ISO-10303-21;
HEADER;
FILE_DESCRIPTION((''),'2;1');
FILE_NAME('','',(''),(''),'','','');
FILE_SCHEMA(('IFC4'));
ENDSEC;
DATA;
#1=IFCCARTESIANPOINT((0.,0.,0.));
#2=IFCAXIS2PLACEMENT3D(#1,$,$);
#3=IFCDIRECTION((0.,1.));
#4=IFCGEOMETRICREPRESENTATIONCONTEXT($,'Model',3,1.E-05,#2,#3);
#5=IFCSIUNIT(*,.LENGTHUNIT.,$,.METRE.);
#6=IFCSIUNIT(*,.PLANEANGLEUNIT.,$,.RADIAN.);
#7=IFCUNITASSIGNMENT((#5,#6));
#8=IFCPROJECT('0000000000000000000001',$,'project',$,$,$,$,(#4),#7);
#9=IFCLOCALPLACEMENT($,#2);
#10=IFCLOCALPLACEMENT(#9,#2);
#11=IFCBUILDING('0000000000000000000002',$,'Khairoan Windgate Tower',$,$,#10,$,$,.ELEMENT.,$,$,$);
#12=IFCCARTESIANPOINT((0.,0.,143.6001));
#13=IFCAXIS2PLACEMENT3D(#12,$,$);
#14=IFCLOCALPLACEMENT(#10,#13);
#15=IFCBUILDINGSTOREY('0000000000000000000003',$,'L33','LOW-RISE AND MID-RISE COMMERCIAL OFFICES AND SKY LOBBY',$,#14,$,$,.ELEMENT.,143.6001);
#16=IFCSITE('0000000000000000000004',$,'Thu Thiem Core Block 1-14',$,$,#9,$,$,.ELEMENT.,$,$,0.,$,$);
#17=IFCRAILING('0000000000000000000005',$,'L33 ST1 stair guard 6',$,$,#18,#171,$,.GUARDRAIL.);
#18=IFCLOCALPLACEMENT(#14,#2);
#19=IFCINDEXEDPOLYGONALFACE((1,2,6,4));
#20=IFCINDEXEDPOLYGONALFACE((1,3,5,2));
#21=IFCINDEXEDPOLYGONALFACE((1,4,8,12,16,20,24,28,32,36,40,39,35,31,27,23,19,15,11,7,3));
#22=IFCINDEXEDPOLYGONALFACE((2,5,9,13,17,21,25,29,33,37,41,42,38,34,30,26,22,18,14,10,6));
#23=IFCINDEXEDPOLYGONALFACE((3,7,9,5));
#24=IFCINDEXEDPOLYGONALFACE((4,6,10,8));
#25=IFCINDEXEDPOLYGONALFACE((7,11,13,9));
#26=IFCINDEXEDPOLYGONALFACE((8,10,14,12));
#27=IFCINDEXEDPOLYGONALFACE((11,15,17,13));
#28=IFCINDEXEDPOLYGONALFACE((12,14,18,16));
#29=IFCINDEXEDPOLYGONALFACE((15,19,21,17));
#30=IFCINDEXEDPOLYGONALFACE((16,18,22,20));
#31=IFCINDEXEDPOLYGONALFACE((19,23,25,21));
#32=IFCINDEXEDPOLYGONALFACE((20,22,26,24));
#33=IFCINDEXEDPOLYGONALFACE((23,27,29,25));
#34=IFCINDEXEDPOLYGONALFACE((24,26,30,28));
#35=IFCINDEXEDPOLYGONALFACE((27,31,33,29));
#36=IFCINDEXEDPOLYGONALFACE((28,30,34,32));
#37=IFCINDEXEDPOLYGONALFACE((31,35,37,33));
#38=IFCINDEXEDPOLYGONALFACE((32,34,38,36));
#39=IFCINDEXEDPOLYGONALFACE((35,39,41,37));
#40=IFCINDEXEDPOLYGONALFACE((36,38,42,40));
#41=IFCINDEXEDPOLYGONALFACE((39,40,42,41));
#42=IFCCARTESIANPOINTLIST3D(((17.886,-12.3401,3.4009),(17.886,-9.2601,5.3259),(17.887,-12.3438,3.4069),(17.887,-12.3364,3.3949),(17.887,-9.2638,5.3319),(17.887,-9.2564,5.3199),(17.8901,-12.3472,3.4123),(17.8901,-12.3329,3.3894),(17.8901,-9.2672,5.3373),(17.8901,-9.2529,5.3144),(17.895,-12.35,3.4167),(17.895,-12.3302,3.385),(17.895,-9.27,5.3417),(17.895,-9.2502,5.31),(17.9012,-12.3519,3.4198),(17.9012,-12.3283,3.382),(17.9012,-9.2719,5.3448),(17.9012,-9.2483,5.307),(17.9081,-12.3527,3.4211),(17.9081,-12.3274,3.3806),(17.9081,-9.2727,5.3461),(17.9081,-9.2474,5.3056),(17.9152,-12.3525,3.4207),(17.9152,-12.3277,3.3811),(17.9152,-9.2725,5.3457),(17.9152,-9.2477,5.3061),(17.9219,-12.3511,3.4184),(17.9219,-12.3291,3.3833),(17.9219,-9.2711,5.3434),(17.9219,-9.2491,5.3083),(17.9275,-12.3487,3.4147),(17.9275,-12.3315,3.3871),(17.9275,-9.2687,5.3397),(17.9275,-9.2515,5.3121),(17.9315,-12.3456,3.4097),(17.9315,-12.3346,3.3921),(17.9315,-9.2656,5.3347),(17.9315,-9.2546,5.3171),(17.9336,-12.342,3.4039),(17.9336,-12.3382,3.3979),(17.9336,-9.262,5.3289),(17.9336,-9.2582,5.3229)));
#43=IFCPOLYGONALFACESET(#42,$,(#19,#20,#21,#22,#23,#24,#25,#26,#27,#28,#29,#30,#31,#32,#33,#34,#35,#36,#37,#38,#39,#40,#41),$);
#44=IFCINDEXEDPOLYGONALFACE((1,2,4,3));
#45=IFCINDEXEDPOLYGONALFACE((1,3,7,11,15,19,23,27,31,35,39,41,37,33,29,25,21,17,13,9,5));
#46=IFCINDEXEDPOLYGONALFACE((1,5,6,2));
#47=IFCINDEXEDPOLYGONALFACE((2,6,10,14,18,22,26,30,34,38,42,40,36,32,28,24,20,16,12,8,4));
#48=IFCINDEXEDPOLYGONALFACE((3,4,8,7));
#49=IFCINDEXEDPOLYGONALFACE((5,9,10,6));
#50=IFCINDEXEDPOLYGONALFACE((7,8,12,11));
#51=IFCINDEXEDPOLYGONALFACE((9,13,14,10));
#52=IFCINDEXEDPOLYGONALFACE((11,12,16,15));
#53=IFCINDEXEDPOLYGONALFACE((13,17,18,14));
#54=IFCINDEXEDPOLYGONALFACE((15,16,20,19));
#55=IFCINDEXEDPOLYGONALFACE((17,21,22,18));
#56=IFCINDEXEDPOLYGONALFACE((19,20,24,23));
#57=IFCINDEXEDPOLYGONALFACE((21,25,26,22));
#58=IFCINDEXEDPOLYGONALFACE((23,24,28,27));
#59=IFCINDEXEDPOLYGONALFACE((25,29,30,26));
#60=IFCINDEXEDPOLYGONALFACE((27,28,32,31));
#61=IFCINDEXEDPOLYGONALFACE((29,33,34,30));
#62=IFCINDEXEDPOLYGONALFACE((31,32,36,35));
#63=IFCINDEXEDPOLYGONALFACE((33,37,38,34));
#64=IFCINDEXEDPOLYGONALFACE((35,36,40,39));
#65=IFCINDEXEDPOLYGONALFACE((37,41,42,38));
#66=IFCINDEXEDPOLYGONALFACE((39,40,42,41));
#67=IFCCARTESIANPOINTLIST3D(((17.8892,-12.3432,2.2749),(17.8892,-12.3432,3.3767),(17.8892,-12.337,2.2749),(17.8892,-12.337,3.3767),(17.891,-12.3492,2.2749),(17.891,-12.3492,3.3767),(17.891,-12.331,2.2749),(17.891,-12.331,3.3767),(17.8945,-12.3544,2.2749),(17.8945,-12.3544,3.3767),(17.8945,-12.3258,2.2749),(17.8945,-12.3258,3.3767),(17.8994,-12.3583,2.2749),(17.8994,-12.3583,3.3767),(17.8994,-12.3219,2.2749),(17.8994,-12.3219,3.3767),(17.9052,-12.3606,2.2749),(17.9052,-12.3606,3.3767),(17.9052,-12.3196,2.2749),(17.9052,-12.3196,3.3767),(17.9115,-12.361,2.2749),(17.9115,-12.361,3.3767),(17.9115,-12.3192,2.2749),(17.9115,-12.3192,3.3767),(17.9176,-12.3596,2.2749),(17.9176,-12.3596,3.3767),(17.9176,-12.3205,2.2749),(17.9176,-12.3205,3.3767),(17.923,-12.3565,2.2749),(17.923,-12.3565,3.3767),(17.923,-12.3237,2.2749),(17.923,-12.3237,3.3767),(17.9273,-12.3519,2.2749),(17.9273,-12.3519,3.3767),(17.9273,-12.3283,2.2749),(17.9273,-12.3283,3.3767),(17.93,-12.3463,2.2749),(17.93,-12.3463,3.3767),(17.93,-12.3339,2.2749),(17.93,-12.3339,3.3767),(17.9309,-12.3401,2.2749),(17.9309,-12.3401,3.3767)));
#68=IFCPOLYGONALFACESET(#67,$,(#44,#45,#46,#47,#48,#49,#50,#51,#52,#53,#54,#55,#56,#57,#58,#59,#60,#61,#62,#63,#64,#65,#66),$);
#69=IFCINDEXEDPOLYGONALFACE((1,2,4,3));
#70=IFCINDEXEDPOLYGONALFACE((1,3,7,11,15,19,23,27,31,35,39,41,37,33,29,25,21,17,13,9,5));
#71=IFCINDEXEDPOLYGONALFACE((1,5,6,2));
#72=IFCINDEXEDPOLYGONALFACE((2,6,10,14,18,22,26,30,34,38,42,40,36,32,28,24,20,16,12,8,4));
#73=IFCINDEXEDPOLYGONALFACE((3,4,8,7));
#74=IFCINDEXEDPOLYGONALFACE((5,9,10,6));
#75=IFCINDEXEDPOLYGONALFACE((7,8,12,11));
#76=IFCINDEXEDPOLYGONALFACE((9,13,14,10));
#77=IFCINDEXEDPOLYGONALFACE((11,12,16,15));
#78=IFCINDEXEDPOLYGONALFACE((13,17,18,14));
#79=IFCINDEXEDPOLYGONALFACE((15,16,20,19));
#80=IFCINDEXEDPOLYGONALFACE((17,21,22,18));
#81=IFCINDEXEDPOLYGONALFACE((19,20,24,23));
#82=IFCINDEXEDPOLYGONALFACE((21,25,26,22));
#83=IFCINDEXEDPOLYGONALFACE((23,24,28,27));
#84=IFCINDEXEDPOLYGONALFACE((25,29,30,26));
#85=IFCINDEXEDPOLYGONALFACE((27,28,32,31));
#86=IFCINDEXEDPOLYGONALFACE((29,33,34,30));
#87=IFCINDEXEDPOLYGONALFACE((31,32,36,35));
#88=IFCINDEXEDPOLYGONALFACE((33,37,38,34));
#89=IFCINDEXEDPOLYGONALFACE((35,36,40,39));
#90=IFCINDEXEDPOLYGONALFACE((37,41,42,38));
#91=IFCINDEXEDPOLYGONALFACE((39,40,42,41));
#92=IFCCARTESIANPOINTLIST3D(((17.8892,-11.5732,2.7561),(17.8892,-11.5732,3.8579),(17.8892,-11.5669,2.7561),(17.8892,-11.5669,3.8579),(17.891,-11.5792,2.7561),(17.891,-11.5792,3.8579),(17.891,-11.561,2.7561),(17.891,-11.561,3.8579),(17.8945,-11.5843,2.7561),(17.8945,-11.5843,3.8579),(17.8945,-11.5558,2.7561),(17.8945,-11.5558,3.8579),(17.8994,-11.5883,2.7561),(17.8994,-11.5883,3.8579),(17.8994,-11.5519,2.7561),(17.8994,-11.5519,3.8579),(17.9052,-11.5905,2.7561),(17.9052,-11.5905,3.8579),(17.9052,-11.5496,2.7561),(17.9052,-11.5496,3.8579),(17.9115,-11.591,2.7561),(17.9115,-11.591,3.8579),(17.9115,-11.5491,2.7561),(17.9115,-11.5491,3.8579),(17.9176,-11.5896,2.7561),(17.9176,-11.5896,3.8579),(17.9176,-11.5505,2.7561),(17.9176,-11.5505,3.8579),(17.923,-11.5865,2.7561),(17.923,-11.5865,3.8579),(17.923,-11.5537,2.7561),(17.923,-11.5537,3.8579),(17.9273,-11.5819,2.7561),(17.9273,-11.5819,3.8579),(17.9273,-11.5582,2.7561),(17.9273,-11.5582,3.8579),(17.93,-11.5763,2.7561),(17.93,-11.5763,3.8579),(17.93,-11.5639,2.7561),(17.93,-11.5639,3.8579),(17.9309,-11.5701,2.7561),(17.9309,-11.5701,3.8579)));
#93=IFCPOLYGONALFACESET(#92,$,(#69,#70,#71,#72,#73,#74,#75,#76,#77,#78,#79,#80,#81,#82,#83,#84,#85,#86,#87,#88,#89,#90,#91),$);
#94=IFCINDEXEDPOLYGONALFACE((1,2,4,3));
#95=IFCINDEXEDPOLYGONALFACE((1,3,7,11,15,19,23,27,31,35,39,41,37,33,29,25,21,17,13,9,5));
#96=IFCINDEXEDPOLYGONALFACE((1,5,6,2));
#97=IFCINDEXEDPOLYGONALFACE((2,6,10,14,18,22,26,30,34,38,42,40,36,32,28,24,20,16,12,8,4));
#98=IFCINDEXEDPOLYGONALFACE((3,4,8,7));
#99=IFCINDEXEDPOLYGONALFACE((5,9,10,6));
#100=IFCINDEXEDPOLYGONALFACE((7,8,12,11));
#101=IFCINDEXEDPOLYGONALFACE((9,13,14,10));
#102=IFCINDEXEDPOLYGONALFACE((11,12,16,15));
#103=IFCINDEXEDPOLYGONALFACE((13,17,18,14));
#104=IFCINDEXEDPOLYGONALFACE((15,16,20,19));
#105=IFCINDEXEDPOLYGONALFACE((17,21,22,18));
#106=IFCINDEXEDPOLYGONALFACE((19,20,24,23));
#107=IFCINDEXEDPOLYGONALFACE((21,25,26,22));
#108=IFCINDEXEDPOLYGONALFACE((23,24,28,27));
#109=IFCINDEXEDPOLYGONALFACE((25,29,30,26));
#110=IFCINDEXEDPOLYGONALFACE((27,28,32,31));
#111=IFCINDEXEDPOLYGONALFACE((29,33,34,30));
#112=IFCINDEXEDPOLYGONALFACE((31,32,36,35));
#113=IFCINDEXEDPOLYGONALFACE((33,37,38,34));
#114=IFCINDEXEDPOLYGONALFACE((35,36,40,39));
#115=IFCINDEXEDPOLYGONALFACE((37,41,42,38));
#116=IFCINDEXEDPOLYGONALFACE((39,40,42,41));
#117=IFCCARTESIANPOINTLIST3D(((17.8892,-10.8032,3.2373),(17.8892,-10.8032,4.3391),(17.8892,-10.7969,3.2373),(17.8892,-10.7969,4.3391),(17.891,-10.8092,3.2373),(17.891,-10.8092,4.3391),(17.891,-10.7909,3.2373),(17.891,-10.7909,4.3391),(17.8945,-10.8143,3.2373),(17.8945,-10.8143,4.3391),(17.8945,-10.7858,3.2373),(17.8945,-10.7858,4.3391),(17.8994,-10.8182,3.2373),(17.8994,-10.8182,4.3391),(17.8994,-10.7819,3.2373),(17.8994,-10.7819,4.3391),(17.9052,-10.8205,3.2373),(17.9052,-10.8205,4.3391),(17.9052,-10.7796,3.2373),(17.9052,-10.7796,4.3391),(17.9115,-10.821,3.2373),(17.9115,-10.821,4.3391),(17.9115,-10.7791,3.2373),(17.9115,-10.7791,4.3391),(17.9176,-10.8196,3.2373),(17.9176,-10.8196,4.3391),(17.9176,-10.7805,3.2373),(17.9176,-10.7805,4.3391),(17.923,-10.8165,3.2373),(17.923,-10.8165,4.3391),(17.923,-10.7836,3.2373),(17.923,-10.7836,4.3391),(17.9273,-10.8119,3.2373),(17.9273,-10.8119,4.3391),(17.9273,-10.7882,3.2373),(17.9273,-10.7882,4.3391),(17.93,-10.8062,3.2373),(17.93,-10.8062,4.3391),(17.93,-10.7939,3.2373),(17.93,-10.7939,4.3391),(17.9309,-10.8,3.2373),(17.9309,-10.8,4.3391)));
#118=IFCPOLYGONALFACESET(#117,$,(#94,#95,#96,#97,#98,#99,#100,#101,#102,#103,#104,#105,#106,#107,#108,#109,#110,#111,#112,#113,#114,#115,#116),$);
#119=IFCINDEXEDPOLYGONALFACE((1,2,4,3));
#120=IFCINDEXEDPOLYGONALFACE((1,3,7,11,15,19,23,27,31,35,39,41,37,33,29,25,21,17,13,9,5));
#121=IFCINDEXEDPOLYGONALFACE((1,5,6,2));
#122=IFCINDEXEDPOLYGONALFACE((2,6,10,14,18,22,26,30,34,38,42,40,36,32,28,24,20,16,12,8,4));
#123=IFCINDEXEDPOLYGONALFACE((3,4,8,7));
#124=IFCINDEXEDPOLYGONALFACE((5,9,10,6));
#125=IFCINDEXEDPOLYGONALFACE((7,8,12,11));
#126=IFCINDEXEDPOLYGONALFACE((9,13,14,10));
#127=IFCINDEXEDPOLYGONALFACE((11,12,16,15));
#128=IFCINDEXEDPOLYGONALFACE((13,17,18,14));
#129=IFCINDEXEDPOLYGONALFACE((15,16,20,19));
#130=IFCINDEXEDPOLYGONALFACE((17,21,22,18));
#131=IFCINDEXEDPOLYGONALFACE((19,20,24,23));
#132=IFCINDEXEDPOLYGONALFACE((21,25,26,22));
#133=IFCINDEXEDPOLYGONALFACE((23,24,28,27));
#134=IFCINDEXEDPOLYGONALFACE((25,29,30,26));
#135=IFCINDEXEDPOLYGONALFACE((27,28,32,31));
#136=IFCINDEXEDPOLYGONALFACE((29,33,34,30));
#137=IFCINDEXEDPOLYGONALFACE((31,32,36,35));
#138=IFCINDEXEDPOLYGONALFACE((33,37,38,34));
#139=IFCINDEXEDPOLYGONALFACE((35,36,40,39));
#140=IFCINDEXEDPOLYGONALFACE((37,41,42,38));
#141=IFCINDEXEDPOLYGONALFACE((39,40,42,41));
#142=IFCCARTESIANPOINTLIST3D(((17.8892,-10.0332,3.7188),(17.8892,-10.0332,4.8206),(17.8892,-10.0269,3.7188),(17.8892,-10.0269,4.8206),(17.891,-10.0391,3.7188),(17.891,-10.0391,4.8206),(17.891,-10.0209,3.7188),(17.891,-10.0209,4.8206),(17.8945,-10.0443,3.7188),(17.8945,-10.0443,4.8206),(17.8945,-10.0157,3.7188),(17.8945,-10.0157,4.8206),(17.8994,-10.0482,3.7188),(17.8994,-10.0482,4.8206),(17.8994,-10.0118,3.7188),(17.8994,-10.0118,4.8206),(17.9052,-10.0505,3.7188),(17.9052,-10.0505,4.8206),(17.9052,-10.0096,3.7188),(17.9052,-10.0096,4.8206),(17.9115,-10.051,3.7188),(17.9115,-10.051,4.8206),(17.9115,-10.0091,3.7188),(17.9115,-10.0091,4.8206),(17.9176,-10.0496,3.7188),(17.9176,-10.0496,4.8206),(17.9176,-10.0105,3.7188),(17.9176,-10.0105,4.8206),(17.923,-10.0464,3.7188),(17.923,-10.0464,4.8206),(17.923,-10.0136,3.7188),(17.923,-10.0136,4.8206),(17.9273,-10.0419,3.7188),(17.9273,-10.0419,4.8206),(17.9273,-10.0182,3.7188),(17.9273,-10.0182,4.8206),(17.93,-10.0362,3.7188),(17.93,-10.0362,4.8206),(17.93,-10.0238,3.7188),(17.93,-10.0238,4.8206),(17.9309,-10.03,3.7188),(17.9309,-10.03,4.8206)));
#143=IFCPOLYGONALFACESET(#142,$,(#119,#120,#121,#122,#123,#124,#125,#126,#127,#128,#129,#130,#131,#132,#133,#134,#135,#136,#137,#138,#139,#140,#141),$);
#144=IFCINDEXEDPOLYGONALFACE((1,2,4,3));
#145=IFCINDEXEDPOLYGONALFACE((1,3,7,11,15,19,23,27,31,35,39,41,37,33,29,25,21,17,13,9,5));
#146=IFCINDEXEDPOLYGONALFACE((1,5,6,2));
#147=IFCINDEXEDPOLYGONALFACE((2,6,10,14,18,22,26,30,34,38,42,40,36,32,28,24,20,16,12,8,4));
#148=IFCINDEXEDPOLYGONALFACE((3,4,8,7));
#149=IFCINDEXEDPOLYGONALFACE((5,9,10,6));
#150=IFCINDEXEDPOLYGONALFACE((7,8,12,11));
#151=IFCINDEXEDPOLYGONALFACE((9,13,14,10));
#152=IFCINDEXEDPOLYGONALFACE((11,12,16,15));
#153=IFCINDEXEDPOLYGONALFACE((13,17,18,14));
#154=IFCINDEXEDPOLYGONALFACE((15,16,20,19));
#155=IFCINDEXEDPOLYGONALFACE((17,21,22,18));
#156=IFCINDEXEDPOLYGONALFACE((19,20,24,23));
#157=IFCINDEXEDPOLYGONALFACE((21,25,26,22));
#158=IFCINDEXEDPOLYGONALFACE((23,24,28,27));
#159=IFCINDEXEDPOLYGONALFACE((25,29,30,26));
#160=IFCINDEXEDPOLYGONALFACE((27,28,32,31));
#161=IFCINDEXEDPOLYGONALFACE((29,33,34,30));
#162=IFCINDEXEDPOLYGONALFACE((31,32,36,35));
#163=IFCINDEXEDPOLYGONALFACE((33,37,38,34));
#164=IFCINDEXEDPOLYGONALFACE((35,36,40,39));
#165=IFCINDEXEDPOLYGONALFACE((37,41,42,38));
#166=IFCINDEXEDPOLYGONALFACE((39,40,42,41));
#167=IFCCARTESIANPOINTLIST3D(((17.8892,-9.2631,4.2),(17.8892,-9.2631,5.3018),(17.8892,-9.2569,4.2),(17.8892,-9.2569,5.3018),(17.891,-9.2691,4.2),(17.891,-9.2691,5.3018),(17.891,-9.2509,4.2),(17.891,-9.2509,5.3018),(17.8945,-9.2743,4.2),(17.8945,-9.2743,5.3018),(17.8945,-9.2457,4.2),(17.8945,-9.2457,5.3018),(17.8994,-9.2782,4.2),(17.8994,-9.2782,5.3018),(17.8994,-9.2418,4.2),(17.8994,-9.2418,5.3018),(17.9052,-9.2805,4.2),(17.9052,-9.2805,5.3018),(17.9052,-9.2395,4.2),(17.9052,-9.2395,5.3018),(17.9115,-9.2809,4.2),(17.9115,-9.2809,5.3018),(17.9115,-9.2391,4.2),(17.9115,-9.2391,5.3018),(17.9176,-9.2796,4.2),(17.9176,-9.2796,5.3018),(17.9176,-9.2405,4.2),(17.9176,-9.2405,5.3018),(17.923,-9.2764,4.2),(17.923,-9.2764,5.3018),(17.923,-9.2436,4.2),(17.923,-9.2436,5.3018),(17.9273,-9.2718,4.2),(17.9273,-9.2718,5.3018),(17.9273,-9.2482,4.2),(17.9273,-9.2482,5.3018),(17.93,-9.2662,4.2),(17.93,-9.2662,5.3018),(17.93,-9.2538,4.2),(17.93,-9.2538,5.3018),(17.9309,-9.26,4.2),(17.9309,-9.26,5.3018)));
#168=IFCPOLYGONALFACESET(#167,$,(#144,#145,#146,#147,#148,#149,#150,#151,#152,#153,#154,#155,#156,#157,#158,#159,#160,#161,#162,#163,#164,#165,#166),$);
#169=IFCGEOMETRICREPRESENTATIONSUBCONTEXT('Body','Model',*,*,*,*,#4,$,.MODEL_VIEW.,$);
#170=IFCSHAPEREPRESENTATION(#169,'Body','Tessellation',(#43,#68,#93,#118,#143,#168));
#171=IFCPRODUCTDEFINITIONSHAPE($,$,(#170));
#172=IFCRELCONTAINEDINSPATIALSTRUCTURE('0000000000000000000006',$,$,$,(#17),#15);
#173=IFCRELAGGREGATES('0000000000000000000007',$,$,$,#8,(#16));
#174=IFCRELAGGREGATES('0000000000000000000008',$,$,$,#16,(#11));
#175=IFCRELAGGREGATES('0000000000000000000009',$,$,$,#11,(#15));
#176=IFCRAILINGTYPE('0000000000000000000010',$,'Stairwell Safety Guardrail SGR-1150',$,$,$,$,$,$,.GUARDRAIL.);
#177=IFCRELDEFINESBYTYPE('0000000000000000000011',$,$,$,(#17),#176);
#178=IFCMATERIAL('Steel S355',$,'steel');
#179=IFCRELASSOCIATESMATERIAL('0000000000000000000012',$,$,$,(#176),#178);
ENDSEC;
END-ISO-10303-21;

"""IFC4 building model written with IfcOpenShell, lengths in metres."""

from ifc_helpers import new_model, si_unit, direction, frame, origin, origin_2d, place, context, subcontext, project, spatial, circle, extrude, material, type_object, element, save


model = new_model("IFC4")

# Units and contexts
model_context = context("Model", 3, precision=1e-05, world=origin(), true_north=direction((0.0, 1.0)))
body_context = subcontext(model_context, "Body", "Model", "MODEL_VIEW")
ifc_project = project(units=[si_unit("LENGTHUNIT", "METRE"), si_unit("PLANEANGLEUNIT", "RADIAN")], contexts=[model_context])

# Site, building, storey
site_placement = place(None, origin())
site = spatial("IfcSite", under=ifc_project, at=site_placement, Name="Thu Thiem Core Block 1-14", CompositionType="ELEMENT", RefElevation=0.0)
building_placement = place(site_placement, origin())
building = spatial("IfcBuilding", under=site, at=building_placement, Name="Khairoan Windgate Tower", CompositionType="ELEMENT")
storey_placement = place(building_placement, frame((0.0, 0.0, 143.6001)))
storey = spatial("IfcBuildingStorey", under=building, at=storey_placement, Name="L33", Description="LOW-RISE AND MID-RISE COMMERCIAL OFFICES AND SKY LOBBY", CompositionType="ELEMENT", Elevation=143.6001)

# Railing
ifc_material_1 = material(Name="Steel S355", Category="steel")
railing_type_1 = type_object("IfcRailingType", Name="Stairwell Safety Guardrail SGR-1150", PredefinedType="GUARDRAIL", material=ifc_material_1)
railing_1_placement = place(storey_placement, frame((17.9099, -12.3401, 2.2749)))
element("IfcRailing", 1, at=railing_1_placement, inside=storey, type_object=railing_type_1, Name="L33 ST1 stair guard 6", PredefinedType="GUARDRAIL", context=body_context, shape_type="SweptSolid", body=[
    extrude(circle(Radius=0.0239, at=origin_2d()), frame((0.0, 0.0, 1.126), z_axis=(0.0, 0.847998, 0.529999), x_axis=(-1.0, 0.0, 0.0)), (0.0, 0.0, 1.0), 3.6321),
    extrude(circle(Radius=0.021, at=origin_2d()), origin(), (0.0, 0.0, 1.0), 1.1018),
    extrude(circle(Radius=0.021, at=origin_2d()), frame((0.0, 0.77, 0.4812)), (0.0, 0.0, 1.0), 1.1018),
    extrude(circle(Radius=0.021, at=origin_2d()), frame((0.0, 1.54, 0.9624)), (0.0, 0.0, 1.0), 1.1018),
    extrude(circle(Radius=0.021, at=origin_2d()), frame((0.0, 2.3101, 1.4438)), (0.0, 0.0, 1.0), 1.1018),
    extrude(circle(Radius=0.021, at=origin_2d()), frame((0.0, 3.0801, 1.925)), (0.0, 0.0, 1.0), 1.1018),
])

save(model, "model.ifc")
